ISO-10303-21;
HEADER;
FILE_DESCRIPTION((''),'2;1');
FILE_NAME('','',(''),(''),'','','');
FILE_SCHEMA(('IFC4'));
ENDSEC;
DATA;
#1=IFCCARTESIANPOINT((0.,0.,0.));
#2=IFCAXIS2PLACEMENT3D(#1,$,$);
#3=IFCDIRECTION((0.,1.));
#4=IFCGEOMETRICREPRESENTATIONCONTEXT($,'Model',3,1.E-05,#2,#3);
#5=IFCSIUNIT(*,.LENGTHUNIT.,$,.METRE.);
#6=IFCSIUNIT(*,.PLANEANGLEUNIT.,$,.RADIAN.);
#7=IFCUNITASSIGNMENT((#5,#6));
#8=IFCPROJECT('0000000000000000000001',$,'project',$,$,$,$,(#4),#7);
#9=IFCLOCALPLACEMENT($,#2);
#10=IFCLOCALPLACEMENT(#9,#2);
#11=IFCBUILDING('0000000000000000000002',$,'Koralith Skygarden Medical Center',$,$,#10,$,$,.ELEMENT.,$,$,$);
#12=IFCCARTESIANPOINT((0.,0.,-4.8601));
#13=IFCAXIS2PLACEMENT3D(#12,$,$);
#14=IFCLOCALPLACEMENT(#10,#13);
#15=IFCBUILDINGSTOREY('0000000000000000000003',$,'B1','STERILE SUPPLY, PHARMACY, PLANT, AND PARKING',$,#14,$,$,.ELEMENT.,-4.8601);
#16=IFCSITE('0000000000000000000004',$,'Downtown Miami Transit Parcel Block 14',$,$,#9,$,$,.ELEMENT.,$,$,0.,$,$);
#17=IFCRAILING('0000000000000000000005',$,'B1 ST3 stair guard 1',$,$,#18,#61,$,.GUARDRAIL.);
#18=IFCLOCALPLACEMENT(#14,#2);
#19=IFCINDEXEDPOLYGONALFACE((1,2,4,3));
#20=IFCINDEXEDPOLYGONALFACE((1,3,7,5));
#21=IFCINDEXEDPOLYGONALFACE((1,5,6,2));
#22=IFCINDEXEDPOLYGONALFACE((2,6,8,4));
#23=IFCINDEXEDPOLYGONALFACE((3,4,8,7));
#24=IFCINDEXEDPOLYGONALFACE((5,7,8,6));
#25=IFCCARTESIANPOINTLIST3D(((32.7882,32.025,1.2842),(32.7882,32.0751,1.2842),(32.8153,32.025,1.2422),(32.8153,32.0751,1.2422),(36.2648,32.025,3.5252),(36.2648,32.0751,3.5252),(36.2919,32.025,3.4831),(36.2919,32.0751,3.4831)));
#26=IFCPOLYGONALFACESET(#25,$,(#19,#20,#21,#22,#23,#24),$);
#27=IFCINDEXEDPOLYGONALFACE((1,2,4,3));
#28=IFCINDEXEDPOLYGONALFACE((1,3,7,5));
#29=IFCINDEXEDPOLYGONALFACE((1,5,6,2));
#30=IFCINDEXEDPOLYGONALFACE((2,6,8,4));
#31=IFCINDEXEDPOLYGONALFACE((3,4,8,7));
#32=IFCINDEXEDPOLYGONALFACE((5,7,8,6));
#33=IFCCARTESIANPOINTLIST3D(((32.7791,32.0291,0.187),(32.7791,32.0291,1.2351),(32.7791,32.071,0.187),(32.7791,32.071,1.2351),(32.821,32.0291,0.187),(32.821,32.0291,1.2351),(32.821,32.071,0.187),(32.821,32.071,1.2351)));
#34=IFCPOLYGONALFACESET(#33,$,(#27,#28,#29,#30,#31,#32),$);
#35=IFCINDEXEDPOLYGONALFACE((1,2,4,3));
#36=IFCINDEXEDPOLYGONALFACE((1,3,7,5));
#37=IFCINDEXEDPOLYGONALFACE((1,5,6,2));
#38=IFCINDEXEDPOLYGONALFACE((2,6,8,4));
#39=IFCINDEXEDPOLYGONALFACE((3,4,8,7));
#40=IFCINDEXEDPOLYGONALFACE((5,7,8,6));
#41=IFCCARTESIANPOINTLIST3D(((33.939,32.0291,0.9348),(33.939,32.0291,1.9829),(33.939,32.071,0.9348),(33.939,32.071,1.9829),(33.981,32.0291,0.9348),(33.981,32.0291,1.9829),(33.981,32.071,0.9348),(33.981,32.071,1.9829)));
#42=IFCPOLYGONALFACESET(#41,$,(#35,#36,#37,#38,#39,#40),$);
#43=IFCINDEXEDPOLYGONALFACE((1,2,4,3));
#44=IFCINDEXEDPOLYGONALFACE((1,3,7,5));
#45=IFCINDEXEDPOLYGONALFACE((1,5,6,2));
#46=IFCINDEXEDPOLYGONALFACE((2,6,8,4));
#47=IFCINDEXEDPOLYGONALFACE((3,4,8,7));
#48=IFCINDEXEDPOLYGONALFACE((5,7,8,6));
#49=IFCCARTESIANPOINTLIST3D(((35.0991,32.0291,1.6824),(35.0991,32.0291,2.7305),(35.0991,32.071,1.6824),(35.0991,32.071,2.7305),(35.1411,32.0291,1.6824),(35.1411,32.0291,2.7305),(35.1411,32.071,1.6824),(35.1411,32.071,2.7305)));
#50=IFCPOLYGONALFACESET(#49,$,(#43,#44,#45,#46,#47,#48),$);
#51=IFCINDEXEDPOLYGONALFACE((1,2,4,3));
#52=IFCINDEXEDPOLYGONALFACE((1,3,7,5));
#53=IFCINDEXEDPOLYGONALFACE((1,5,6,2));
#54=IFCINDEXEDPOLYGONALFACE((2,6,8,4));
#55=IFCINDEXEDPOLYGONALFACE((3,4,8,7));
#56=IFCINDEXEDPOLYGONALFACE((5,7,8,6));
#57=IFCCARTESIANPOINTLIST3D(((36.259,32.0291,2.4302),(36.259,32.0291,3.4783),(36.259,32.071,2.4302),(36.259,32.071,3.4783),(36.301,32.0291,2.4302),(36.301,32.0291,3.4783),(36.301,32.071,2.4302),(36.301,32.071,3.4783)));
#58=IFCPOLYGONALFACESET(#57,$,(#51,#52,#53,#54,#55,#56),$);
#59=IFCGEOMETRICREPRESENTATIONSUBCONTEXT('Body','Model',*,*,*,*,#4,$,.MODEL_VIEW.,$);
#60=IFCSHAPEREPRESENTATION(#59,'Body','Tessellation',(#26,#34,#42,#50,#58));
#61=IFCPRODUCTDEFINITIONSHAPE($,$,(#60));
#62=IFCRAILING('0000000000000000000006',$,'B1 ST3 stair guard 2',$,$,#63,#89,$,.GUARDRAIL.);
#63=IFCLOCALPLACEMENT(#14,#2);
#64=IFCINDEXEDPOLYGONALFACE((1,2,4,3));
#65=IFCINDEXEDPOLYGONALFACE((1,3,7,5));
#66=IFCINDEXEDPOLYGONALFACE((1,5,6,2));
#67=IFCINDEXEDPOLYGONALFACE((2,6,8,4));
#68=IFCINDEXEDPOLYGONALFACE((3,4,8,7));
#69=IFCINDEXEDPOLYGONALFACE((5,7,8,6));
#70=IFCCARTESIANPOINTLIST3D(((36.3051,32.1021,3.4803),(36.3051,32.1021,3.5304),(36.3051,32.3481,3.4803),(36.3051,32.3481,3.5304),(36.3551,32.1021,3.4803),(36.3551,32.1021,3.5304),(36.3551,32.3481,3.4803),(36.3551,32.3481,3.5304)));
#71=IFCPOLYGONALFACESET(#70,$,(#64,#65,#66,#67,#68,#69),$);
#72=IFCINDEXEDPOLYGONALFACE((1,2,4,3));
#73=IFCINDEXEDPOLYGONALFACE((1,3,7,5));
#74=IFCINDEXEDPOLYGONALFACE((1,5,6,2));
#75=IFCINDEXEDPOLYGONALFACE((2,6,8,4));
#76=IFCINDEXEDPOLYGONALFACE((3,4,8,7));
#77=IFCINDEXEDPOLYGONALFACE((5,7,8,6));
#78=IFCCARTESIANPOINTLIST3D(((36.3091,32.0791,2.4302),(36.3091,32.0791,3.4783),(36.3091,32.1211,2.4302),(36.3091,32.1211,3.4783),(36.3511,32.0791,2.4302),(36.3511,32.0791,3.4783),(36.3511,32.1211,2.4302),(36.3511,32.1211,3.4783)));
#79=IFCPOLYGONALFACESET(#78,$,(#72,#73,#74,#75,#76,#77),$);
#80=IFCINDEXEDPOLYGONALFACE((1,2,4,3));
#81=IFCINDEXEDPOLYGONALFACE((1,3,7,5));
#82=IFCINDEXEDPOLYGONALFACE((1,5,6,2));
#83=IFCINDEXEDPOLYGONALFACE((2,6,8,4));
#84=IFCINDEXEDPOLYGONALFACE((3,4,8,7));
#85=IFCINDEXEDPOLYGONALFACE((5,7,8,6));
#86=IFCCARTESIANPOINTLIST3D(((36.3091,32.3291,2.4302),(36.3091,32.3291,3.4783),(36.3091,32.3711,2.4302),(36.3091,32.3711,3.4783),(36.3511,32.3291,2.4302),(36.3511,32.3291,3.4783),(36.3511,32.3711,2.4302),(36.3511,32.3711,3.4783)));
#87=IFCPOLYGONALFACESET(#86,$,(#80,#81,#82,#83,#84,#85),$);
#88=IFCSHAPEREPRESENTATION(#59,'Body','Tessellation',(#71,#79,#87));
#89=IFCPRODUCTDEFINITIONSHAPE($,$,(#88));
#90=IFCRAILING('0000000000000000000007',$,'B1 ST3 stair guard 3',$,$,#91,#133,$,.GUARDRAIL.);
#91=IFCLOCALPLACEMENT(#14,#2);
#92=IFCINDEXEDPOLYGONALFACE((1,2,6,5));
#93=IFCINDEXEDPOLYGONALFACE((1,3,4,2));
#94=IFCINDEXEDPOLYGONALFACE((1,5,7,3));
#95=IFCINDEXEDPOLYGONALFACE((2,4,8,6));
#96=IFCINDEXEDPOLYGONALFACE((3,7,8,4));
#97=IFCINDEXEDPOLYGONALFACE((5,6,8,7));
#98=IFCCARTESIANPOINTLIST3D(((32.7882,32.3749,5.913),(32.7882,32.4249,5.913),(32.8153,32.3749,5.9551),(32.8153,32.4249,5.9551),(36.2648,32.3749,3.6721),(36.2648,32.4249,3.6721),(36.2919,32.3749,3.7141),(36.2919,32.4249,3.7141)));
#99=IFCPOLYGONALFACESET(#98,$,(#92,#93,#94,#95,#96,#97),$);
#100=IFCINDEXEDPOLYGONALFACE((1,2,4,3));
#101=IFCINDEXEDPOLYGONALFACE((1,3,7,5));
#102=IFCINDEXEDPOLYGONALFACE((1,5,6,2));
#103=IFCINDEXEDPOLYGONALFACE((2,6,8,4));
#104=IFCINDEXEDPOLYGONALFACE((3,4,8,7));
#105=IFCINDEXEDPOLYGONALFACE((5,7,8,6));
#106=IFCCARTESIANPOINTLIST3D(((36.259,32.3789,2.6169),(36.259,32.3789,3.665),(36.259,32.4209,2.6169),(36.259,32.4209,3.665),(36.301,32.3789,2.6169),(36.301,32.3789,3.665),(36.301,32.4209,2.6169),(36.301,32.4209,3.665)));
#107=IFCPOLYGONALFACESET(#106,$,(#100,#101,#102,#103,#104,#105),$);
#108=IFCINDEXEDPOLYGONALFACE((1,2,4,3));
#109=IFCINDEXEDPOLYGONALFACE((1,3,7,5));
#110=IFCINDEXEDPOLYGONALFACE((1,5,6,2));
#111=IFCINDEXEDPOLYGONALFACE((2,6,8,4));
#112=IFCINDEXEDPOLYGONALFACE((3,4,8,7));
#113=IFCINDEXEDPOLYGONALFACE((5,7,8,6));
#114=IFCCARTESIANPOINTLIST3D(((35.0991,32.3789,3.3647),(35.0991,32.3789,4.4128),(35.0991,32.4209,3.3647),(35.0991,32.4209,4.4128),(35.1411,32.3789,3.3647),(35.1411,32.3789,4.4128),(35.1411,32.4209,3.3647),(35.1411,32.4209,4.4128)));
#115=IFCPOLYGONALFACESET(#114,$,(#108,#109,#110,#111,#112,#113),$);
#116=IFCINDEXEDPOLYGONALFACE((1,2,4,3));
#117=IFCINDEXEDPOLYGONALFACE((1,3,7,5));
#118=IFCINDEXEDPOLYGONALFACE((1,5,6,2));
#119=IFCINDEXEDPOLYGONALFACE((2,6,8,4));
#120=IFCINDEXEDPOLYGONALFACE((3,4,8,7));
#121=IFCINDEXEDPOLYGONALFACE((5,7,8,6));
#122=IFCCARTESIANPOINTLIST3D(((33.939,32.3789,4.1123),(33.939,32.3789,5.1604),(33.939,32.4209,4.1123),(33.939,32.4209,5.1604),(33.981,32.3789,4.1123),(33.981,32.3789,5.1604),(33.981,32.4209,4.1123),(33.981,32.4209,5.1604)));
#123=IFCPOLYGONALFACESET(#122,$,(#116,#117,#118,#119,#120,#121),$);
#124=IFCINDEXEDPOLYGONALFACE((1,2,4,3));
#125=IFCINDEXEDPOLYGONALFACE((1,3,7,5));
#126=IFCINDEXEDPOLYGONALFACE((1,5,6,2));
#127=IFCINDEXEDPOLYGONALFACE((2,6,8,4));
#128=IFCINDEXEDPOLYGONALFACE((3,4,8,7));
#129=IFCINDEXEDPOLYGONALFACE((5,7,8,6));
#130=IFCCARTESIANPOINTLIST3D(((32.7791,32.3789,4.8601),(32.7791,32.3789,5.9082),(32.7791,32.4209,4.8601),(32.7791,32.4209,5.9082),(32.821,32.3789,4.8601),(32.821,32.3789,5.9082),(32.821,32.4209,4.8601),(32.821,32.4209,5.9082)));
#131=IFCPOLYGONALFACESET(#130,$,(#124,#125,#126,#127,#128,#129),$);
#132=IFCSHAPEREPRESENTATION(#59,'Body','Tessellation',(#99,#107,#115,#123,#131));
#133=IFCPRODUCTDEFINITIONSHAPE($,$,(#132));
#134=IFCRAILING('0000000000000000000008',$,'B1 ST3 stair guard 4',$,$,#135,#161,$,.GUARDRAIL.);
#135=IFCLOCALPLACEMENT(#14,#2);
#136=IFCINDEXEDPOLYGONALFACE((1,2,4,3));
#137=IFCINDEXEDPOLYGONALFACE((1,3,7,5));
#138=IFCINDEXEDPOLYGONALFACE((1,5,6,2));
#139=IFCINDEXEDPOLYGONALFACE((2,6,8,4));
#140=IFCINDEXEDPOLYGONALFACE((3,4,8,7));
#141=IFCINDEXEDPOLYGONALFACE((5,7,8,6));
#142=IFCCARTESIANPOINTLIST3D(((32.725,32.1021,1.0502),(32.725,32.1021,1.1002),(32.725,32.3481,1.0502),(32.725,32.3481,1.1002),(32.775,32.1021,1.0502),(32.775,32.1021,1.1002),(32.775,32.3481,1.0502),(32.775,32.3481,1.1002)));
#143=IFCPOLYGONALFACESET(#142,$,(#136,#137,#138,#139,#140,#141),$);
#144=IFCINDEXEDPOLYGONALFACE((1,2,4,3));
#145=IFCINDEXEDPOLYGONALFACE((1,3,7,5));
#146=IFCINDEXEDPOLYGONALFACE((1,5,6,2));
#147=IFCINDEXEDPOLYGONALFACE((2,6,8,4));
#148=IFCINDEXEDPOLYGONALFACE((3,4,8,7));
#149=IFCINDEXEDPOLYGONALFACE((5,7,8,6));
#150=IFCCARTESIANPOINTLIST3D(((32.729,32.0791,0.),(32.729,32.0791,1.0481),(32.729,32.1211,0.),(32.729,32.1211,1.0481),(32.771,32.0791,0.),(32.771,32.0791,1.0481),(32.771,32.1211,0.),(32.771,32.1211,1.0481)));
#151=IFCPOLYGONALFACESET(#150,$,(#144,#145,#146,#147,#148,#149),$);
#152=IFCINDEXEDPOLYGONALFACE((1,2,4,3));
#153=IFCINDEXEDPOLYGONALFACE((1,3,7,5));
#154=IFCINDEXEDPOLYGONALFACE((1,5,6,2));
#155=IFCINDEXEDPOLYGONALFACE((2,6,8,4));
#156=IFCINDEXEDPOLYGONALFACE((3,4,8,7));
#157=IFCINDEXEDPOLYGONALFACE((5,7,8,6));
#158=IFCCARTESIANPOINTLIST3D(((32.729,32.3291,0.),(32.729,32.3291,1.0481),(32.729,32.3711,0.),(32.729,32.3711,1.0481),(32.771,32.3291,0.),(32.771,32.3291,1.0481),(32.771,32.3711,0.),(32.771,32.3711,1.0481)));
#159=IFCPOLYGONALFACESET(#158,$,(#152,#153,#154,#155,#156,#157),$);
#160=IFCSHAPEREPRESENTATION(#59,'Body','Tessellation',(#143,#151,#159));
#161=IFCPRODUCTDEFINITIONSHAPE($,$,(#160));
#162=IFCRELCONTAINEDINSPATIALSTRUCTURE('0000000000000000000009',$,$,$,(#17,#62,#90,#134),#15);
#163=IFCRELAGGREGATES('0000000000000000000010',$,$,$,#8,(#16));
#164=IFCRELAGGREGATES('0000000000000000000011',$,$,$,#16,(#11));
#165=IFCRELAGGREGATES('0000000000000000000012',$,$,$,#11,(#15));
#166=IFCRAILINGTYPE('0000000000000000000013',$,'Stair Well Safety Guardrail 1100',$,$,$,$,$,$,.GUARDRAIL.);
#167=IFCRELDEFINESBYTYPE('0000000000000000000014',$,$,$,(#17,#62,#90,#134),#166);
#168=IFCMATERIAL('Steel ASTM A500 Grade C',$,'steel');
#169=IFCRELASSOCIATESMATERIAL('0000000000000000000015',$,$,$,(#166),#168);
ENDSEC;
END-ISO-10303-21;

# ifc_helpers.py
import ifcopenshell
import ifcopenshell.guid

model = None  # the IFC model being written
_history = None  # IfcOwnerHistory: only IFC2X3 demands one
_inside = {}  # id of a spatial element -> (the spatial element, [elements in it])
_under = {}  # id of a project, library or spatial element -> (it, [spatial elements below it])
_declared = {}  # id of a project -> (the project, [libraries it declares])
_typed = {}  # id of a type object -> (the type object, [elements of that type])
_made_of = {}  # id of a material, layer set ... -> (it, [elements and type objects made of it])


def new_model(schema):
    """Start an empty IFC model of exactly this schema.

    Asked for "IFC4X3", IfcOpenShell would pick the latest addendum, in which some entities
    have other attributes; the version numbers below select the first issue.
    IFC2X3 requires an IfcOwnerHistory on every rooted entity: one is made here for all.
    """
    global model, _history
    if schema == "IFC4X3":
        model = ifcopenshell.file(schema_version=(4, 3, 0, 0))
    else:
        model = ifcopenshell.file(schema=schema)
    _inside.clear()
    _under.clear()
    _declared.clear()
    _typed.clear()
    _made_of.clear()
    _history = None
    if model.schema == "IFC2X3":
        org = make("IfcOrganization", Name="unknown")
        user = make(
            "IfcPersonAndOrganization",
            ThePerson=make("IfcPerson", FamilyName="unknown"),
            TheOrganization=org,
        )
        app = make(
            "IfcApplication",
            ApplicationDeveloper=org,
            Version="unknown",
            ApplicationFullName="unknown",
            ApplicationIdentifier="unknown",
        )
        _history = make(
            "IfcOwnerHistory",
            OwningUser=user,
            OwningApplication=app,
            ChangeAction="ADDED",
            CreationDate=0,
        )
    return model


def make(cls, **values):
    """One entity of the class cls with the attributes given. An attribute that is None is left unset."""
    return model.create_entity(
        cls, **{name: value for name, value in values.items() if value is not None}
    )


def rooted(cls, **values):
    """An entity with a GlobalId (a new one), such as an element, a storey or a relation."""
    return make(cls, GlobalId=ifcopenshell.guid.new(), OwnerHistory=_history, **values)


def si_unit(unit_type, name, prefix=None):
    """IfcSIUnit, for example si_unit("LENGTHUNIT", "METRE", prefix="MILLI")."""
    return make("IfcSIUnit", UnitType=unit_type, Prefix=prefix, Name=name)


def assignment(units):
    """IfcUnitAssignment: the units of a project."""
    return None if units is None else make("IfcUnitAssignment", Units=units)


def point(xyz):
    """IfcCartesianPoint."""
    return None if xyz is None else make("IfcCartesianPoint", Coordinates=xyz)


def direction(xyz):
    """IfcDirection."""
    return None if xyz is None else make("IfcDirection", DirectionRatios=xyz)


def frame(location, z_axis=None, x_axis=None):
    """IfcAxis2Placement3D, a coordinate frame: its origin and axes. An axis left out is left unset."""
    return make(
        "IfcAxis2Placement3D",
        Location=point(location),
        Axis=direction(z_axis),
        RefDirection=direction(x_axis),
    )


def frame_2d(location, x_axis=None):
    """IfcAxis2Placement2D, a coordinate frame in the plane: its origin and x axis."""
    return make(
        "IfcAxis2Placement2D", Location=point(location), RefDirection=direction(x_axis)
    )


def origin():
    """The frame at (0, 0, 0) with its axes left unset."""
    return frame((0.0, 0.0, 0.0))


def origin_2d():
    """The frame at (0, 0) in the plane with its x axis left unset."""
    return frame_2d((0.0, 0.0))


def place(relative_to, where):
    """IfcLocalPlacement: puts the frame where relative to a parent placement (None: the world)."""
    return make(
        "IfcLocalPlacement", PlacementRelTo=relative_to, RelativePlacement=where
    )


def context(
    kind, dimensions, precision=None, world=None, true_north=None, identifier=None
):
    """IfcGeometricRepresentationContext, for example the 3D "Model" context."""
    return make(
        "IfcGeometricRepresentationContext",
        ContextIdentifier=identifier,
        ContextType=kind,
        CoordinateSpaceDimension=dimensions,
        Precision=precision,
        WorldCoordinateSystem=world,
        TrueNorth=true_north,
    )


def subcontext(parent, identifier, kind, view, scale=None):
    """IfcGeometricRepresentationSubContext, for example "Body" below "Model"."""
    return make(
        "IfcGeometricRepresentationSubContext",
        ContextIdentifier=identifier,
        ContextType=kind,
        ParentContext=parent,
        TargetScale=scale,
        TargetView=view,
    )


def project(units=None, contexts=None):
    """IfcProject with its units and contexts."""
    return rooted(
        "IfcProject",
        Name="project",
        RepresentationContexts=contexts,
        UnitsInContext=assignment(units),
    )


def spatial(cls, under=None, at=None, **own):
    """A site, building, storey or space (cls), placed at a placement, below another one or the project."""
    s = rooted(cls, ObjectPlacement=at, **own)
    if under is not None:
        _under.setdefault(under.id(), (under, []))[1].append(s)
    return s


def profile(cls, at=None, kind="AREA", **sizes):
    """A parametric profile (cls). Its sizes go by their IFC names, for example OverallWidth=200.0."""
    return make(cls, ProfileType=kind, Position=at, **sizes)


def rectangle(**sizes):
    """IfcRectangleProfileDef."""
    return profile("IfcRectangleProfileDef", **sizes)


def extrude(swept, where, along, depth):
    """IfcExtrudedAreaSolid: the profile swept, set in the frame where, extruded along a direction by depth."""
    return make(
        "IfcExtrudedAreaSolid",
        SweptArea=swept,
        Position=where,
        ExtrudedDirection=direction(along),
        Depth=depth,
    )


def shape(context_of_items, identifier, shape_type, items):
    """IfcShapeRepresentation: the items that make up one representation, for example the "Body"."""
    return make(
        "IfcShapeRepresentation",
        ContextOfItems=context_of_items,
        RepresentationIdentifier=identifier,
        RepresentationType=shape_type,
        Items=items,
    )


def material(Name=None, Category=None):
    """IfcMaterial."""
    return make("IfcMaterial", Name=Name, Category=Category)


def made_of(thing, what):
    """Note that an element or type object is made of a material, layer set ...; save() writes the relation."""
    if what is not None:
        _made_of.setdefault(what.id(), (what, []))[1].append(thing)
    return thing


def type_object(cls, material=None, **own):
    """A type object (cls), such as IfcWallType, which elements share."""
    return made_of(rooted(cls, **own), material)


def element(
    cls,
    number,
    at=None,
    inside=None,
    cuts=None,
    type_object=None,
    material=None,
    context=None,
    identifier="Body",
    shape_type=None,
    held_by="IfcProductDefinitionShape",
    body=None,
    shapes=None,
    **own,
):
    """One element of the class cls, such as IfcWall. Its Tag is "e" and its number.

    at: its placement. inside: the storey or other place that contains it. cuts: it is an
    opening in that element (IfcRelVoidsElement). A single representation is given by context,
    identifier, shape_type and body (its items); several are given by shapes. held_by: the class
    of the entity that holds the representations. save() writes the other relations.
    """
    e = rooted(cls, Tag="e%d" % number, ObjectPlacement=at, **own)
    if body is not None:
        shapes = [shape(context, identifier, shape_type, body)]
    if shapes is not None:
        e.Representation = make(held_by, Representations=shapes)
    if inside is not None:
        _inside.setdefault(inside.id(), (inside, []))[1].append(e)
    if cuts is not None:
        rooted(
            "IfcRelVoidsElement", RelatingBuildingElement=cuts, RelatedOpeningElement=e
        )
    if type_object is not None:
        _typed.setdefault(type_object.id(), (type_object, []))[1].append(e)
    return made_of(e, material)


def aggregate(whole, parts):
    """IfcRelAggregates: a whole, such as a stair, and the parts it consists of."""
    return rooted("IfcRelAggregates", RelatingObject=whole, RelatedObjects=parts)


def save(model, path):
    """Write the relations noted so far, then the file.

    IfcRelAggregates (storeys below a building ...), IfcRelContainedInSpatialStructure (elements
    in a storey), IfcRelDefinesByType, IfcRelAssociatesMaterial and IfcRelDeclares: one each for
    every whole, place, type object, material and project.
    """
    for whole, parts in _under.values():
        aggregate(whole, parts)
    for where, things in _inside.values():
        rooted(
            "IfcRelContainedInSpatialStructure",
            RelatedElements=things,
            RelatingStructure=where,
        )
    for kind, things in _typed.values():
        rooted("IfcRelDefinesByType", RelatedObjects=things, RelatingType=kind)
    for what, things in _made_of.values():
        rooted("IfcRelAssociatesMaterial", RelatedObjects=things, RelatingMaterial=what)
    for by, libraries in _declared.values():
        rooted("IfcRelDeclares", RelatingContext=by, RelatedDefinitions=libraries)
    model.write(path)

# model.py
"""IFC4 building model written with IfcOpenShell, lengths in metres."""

from ifc_helpers import new_model, si_unit, direction, frame, origin, origin_2d, place, context, subcontext, project, spatial, rectangle, extrude, material, type_object, element, save


model = new_model("IFC4")

# Units and contexts
model_context = context("Model", 3, precision=1e-05, world=origin(), true_north=direction((0.0, 1.0)))
body_context = subcontext(model_context, "Body", "Model", "MODEL_VIEW")
ifc_project = project(units=[si_unit("LENGTHUNIT", "METRE"), si_unit("PLANEANGLEUNIT", "RADIAN")], contexts=[model_context])

# Site, building, storey
site_placement = place(None, origin())
site = spatial("IfcSite", under=ifc_project, at=site_placement, Name="Downtown Miami Transit Parcel Block 14", CompositionType="ELEMENT", RefElevation=0.0)
building_placement = place(site_placement, origin())
building = spatial("IfcBuilding", under=site, at=building_placement, Name="Koralith Skygarden Medical Center", CompositionType="ELEMENT")
storey_placement = place(building_placement, frame((0.0, 0.0, -4.8601)))
storey = spatial("IfcBuildingStorey", under=building, at=storey_placement, Name="B1", Description="STERILE SUPPLY, PHARMACY, PLANT, AND PARKING", CompositionType="ELEMENT", Elevation=-4.8601)

# Railings
ifc_material_1 = material(Name="Steel ASTM A500 Grade C", Category="steel")
railing_type_1 = type_object("IfcRailingType", Name="Stair Well Safety Guardrail 1100", PredefinedType="GUARDRAIL", material=ifc_material_1)
railing_1_placement = place(storey_placement, frame((32.8, 32.05, 0.187)))
element("IfcRailing", 1, at=railing_1_placement, inside=storey, type_object=railing_type_1, Name="B1 ST3 stair guard 1", PredefinedType="GUARDRAIL", context=body_context, shape_type="SweptSolid", body=[
    extrude(rectangle(XDim=0.05, YDim=0.05, at=origin_2d()), frame((0.0017, 0.0, 1.0762), z_axis=(0.840515, 0.0, 0.541788), x_axis=(0.0, 1.0, 0.0)), (0.0, 0.0, 1.0), 4.1362),
    extrude(rectangle(XDim=0.042, YDim=0.042, at=origin_2d()), origin(), (0.0, 0.0, 1.0), 1.0481),
    extrude(rectangle(XDim=0.042, YDim=0.042, at=origin_2d()), frame((1.1599, 0.0, 0.7478)), (0.0, 0.0, 1.0), 1.0481),
    extrude(rectangle(XDim=0.042, YDim=0.042, at=origin_2d()), frame((2.3201, 0.0, 1.4954)), (0.0, 0.0, 1.0), 1.0481),
    extrude(rectangle(XDim=0.042, YDim=0.042, at=origin_2d()), frame((3.48, 0.0, 2.2432)), (0.0, 0.0, 1.0), 1.0481),
])
railing_2_placement = place(storey_placement, frame((36.3301, 32.1001, 2.4302)))
element("IfcRailing", 2, at=railing_2_placement, inside=storey, type_object=railing_type_1, Name="B1 ST3 stair guard 2", PredefinedType="GUARDRAIL", context=body_context, shape_type="SweptSolid", body=[
    extrude(rectangle(XDim=0.05, YDim=0.05, at=origin_2d()), frame((0.0, 0.002, 1.0752), z_axis=(0.0, 1.0, 0.0), x_axis=(-1.0, 0.0, 0.0)), (0.0, 0.0, 1.0), 0.2461),
    extrude(rectangle(XDim=0.042, YDim=0.042, at=origin_2d()), origin(), (0.0, 0.0, 1.0), 1.0481),
    extrude(rectangle(XDim=0.042, YDim=0.042, at=origin_2d()), frame((0.0, 0.25, 0.0)), (0.0, 0.0, 1.0), 1.0481),
])
railing_3_placement = place(storey_placement, frame((36.28, 32.3999, 2.6169)))
element("IfcRailing", 3, at=railing_3_placement, inside=storey, type_object=railing_type_1, Name="B1 ST3 stair guard 3", PredefinedType="GUARDRAIL", context=body_context, shape_type="SweptSolid", body=[
    extrude(rectangle(XDim=0.05, YDim=0.05, at=origin_2d()), frame((-0.0017, 0.0, 1.0762), z_axis=(-0.840515, 0.0, 0.541788), x_axis=(0.0, -1.0, 0.0)), (0.0, 0.0, 1.0), 4.1362),
    extrude(rectangle(XDim=0.042, YDim=0.042, at=origin_2d()), origin(), (0.0, 0.0, 1.0), 1.0481),
    extrude(rectangle(XDim=0.042, YDim=0.042, at=origin_2d()), frame((-1.1599, 0.0, 0.7478)), (0.0, 0.0, 1.0), 1.0481),
    extrude(rectangle(XDim=0.042, YDim=0.042, at=origin_2d()), frame((-2.3201, 0.0, 1.4954)), (0.0, 0.0, 1.0), 1.0481),
    extrude(rectangle(XDim=0.042, YDim=0.042, at=origin_2d()), frame((-3.48, 0.0, 2.2432)), (0.0, 0.0, 1.0), 1.0481),
])
railing_4_placement = place(storey_placement, frame((32.75, 32.1001, 0.0)))
element("IfcRailing", 4, at=railing_4_placement, inside=storey, type_object=railing_type_1, Name="B1 ST3 stair guard 4", PredefinedType="GUARDRAIL", context=body_context, shape_type="SweptSolid", body=[
    extrude(rectangle(XDim=0.05, YDim=0.05, at=origin_2d()), frame((0.0, 0.002, 1.0752), z_axis=(0.0, 1.0, 0.0), x_axis=(-1.0, 0.0, 0.0)), (0.0, 0.0, 1.0), 0.2461),
    extrude(rectangle(XDim=0.042, YDim=0.042, at=origin_2d()), origin(), (0.0, 0.0, 1.0), 1.0481),
    extrude(rectangle(XDim=0.042, YDim=0.042, at=origin_2d()), frame((0.0, 0.25, 0.0)), (0.0, 0.0, 1.0), 1.0481),
])

save(model, "model.ifc")
